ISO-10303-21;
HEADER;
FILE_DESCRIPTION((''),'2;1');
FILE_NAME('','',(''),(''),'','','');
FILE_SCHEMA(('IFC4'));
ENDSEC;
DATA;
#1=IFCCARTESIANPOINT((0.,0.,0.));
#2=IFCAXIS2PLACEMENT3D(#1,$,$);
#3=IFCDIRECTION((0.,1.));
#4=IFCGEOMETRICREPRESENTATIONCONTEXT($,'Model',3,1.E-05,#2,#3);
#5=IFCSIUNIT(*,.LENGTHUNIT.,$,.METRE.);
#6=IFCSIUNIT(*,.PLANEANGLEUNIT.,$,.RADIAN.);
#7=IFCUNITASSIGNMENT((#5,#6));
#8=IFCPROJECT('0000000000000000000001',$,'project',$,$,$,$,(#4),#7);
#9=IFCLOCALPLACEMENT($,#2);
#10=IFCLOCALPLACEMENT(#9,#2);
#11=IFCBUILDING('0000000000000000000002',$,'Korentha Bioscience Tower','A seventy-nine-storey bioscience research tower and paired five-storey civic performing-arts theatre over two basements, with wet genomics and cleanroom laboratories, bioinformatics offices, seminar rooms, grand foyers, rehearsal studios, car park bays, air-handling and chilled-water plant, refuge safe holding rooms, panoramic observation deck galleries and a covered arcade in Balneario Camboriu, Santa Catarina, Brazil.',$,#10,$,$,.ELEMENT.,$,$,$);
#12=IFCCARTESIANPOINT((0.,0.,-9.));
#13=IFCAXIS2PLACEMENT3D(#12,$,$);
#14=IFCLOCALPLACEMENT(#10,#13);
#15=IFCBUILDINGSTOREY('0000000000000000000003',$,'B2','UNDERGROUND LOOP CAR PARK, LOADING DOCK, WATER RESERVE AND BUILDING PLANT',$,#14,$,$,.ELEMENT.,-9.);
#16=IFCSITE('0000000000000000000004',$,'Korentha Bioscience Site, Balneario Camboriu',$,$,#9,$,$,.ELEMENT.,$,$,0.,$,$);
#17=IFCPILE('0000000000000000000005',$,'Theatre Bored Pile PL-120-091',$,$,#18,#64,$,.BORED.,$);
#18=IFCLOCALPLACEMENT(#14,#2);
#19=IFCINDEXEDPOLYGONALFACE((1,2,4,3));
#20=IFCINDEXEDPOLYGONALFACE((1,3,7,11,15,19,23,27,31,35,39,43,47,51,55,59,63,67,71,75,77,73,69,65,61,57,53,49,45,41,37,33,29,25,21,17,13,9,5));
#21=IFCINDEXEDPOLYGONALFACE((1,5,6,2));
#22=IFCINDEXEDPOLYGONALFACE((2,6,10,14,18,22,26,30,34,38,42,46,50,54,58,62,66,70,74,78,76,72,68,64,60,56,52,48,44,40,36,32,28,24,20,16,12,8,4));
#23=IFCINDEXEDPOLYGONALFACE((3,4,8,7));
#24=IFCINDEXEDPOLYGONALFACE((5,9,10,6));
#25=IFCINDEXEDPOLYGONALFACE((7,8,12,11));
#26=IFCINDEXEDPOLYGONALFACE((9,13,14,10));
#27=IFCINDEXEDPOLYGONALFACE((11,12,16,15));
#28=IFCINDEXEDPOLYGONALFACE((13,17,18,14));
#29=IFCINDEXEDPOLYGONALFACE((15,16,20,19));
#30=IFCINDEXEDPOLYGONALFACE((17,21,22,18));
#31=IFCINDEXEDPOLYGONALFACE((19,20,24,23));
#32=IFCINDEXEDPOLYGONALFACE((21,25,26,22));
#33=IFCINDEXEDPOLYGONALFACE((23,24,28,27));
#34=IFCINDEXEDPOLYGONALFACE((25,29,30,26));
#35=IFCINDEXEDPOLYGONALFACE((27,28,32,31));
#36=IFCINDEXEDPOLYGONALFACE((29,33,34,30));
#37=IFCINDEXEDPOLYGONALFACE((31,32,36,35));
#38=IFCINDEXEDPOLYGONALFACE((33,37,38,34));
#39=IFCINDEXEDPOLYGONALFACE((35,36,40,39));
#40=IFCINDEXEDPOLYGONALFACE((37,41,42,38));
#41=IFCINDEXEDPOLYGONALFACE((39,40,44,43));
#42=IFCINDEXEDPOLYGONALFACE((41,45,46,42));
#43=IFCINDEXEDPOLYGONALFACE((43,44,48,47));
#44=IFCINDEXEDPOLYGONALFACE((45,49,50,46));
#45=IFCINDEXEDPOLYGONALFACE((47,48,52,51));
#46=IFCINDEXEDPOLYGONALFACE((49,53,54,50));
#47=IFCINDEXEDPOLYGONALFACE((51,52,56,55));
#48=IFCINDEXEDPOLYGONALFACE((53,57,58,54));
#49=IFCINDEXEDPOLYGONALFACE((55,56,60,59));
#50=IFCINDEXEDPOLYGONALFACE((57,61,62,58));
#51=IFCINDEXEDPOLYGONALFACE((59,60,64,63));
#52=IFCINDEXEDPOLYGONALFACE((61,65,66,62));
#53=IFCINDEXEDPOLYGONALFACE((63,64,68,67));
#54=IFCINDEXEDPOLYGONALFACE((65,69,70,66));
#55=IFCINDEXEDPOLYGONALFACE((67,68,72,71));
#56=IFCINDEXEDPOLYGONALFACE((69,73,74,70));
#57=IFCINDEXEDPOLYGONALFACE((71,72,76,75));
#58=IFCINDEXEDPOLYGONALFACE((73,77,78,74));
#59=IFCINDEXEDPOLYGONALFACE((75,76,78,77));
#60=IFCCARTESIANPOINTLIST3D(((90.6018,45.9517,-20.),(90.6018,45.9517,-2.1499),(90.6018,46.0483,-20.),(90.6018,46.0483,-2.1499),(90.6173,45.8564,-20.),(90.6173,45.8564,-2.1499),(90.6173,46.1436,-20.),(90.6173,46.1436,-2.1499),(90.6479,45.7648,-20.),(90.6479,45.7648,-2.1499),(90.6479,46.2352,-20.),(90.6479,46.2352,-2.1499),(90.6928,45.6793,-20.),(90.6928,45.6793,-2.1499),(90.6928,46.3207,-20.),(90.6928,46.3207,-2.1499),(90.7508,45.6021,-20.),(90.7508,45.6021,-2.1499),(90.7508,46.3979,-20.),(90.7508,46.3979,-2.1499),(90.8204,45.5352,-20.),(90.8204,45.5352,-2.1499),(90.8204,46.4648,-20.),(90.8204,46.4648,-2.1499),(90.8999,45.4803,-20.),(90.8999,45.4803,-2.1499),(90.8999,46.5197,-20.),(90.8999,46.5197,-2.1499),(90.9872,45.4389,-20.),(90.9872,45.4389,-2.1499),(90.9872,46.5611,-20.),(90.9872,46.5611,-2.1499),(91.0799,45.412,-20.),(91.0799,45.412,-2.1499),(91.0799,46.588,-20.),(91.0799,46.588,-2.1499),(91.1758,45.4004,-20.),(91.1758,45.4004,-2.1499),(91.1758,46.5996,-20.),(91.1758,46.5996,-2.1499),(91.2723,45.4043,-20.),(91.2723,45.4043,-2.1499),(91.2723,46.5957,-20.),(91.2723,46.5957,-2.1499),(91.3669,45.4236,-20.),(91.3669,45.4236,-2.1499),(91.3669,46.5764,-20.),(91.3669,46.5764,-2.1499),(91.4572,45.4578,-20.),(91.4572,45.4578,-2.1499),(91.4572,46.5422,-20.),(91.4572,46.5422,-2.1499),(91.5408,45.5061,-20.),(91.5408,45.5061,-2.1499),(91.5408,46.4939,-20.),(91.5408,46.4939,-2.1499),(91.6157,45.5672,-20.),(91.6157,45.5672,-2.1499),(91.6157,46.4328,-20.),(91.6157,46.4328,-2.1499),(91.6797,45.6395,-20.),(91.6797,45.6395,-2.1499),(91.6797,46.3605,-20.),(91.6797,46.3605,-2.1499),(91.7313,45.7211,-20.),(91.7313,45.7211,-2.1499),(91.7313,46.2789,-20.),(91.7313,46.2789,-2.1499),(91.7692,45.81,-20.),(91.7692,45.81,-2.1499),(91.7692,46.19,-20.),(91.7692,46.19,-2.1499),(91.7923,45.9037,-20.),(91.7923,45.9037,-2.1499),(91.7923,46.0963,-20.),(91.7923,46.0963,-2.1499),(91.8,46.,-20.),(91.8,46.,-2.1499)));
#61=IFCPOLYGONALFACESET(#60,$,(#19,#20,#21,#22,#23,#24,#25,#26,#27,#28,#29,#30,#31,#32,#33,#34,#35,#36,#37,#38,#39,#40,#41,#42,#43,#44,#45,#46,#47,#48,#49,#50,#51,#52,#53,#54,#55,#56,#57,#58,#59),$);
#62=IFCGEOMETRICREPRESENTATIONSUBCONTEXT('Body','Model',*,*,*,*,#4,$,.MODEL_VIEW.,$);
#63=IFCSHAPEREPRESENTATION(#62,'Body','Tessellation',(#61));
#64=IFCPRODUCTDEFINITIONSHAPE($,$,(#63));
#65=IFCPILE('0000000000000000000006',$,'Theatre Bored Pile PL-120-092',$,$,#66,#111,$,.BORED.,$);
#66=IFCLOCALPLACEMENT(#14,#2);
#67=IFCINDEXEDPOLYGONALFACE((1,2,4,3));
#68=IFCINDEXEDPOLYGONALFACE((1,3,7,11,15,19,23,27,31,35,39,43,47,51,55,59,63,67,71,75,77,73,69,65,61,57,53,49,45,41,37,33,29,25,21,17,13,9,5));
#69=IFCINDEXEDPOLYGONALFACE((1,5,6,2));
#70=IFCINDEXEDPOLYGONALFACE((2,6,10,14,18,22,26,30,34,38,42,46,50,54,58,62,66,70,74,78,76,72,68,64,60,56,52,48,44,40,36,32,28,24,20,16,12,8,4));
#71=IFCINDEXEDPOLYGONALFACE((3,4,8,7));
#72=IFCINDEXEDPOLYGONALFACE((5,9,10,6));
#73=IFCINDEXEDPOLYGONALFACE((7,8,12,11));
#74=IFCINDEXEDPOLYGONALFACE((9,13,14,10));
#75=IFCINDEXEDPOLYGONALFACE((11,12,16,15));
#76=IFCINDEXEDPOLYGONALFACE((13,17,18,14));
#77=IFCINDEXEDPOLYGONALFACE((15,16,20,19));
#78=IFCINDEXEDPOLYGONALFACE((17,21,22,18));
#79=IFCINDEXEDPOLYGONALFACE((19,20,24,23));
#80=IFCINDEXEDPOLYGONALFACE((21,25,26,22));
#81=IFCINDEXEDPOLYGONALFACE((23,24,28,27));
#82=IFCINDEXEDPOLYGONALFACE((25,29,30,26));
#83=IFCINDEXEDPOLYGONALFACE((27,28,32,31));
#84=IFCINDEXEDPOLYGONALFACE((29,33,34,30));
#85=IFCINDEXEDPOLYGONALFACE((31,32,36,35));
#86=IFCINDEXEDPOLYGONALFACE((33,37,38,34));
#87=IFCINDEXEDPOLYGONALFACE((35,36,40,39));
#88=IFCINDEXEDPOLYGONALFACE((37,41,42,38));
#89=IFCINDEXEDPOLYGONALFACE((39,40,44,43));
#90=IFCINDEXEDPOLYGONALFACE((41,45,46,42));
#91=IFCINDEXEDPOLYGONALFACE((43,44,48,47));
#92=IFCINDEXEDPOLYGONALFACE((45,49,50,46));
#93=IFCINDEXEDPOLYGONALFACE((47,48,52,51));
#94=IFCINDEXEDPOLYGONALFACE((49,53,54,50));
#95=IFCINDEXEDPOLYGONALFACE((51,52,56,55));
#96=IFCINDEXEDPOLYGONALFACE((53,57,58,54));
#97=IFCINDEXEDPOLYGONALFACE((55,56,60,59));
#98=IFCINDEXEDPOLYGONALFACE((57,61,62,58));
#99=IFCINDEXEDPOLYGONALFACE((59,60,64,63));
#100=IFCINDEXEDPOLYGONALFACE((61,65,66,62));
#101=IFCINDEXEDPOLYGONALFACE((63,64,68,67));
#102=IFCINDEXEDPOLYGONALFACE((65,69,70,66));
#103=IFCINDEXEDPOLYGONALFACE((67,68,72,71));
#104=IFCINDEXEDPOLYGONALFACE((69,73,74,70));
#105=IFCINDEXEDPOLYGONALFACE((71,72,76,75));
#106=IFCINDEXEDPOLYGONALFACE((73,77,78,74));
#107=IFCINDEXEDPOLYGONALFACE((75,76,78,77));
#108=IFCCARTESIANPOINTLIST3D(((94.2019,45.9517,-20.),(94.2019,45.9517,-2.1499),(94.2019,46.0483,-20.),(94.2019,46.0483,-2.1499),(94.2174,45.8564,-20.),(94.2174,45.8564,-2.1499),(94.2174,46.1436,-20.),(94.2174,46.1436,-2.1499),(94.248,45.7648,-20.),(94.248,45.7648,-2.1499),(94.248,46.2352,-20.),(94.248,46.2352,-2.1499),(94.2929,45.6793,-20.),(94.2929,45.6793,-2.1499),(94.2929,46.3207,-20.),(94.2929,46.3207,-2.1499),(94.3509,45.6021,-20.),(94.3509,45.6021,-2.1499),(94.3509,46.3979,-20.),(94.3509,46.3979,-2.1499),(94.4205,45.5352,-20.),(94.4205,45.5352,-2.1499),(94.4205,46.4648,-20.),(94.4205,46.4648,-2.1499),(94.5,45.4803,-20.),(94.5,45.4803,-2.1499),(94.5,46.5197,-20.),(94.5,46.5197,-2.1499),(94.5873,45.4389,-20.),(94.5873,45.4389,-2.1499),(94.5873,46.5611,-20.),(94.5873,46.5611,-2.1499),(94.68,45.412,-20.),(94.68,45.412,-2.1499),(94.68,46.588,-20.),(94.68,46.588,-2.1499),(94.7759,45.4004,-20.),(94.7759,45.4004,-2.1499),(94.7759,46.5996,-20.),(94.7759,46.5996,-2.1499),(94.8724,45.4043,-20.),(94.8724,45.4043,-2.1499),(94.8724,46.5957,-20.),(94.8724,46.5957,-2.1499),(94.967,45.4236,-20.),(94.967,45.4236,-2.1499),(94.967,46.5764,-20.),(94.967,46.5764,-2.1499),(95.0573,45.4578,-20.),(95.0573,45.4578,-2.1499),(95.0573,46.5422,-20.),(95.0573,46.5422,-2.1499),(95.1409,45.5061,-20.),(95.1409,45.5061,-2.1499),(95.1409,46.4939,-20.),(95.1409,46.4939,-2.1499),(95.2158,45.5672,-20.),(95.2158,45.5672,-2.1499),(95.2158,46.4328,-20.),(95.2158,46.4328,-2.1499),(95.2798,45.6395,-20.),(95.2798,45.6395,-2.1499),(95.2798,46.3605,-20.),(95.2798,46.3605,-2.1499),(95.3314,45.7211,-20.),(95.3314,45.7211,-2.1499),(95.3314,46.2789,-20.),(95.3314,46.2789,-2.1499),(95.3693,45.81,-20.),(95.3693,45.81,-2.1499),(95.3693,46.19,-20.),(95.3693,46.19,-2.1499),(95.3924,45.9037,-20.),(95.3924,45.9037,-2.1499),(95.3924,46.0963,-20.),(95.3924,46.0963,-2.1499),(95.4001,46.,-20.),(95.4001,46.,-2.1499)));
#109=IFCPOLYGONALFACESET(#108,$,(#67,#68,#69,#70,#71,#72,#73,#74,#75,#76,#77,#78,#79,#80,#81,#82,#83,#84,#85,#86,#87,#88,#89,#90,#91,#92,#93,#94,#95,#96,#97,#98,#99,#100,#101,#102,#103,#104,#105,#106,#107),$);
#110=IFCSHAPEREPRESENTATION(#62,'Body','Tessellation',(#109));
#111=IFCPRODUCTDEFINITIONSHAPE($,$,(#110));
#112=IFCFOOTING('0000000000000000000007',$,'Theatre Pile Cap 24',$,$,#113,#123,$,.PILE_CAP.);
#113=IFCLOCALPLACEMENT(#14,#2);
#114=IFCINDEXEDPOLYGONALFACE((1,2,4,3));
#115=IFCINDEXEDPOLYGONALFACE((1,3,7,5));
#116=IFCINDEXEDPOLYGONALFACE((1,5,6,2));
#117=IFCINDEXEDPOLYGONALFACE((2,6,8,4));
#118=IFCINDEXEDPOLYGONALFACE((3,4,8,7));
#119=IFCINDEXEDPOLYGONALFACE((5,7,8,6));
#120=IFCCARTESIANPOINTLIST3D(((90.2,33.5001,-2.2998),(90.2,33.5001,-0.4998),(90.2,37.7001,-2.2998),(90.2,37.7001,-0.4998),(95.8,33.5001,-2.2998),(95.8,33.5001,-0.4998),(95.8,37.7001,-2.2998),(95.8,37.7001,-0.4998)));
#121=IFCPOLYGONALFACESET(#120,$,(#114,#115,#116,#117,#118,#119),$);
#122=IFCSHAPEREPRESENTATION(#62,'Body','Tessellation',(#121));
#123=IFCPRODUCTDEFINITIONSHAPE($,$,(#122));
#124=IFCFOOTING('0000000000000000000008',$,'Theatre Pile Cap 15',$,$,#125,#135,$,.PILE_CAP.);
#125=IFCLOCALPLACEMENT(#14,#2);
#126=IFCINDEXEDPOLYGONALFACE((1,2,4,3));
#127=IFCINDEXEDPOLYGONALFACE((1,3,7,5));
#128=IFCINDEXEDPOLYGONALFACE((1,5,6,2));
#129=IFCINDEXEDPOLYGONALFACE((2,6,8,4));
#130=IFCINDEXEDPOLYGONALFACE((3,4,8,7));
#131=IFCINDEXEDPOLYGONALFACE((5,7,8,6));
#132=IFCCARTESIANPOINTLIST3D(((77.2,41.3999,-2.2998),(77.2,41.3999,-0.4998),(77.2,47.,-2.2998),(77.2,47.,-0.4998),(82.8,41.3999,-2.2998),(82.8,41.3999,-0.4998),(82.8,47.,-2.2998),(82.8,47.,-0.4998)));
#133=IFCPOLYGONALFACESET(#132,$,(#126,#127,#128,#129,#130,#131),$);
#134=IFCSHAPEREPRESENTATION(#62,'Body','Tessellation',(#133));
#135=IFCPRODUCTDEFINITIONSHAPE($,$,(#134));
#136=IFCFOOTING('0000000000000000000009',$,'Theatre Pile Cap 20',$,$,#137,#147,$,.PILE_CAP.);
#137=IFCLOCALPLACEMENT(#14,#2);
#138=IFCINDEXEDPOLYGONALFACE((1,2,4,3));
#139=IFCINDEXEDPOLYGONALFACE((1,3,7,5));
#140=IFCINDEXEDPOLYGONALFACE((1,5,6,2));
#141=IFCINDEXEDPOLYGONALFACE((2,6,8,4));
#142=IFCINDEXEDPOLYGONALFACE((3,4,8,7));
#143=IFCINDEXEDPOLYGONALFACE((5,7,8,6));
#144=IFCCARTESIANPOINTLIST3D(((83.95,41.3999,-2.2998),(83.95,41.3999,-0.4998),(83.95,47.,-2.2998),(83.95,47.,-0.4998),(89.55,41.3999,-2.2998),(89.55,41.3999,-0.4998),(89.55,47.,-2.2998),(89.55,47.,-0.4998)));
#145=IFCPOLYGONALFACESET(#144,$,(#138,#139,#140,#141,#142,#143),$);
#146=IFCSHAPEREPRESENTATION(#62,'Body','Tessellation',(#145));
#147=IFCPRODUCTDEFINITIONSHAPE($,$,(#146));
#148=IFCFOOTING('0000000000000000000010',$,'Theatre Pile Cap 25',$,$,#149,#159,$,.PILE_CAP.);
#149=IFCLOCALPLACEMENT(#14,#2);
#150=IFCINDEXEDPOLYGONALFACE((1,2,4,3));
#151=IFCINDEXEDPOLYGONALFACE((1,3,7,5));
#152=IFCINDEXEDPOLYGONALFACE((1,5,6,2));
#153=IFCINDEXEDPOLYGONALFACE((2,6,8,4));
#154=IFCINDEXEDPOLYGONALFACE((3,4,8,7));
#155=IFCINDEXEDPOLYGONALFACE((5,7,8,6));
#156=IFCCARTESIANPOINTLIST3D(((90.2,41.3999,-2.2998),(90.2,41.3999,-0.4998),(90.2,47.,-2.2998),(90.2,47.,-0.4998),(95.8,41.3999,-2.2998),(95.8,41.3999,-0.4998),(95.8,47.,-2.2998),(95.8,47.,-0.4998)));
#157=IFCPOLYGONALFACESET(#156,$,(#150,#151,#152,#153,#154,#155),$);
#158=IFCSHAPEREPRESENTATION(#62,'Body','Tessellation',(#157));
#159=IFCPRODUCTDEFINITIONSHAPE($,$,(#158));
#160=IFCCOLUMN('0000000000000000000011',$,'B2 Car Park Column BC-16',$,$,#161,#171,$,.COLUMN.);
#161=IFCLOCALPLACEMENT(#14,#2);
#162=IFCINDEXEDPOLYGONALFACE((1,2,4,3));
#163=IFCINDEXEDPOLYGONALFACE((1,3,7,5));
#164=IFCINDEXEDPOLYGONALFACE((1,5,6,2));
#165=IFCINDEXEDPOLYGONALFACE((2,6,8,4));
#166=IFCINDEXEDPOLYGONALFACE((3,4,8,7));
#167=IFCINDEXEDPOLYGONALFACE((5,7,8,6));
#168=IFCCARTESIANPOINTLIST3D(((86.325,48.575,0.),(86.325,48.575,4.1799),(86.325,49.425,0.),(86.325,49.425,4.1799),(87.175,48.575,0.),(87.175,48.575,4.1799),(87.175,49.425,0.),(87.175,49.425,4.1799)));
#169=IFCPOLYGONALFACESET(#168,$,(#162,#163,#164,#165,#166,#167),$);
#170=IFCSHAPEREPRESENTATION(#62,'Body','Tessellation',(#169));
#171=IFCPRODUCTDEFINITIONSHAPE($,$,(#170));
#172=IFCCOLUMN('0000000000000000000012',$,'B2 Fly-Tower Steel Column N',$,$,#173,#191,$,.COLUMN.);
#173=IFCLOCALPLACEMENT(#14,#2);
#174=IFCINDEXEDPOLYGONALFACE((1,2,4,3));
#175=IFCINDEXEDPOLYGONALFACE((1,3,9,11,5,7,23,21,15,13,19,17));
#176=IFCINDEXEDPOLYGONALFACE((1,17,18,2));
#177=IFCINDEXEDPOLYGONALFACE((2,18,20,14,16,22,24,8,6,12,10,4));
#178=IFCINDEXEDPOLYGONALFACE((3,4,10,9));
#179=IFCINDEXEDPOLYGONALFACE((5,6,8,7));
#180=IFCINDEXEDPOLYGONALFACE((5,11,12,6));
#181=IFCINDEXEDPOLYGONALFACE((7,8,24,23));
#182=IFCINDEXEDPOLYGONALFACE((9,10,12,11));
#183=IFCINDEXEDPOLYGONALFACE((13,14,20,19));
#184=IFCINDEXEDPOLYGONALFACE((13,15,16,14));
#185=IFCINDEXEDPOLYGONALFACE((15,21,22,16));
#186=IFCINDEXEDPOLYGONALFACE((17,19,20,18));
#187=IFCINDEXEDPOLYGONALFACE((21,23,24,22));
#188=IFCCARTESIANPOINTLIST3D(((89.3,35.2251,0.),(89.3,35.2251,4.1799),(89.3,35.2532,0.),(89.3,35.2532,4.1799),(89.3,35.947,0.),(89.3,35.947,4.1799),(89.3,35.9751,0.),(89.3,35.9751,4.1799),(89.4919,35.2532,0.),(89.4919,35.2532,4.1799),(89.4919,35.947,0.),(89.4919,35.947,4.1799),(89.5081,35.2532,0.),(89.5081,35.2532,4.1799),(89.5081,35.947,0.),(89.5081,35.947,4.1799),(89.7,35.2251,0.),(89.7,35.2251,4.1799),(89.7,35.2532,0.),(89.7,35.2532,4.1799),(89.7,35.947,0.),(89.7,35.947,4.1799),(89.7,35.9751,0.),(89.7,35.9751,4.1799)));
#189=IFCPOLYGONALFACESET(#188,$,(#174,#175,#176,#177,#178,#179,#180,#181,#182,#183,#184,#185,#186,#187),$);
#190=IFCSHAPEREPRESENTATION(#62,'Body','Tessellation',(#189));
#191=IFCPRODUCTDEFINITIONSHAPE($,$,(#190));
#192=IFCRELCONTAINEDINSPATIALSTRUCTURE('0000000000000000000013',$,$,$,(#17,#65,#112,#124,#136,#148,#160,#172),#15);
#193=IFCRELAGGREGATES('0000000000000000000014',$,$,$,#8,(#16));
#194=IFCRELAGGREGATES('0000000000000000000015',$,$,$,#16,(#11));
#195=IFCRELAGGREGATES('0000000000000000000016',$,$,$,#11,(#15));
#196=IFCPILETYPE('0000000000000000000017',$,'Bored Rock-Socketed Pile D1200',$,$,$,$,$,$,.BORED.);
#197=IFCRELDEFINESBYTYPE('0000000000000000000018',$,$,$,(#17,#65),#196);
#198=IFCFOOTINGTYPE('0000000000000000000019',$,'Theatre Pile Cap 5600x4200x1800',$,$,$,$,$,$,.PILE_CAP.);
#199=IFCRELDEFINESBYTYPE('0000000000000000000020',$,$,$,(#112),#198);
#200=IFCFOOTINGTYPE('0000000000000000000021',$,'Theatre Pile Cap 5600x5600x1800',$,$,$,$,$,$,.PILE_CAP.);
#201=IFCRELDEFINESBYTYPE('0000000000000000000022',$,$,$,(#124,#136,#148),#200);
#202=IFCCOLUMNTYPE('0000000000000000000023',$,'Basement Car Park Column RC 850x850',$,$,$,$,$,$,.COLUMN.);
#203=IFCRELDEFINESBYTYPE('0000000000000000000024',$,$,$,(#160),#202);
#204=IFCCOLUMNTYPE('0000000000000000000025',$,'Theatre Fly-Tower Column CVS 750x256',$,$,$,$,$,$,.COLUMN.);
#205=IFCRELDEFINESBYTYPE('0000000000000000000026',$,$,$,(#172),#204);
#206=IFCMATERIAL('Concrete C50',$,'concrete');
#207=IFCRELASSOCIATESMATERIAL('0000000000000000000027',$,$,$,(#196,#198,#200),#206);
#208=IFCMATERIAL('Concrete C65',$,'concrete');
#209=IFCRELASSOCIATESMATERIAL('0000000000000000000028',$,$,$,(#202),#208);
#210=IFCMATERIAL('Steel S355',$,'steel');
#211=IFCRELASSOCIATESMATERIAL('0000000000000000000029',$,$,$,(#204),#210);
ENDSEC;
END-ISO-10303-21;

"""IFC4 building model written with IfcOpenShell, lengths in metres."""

from ifc_helpers import new_model, si_unit, direction, frame, origin, origin_2d, place, context, subcontext, project, spatial, rectangle, circle, i_section, extrude, material, material_profile, profile_set, type_object, element, save


model = new_model("IFC4")

# Units and contexts
model_context = context("Model", 3, precision=1e-05, world=origin(), true_north=direction((0.0, 1.0)))
body_context = subcontext(model_context, "Body", "Model", "MODEL_VIEW")
ifc_project = project(units=[si_unit("LENGTHUNIT", "METRE"), si_unit("PLANEANGLEUNIT", "RADIAN")], contexts=[model_context])

# Site, building, storey
site_placement = place(None, origin())
site = spatial("IfcSite", under=ifc_project, at=site_placement, Name="Korentha Bioscience Site, Balneario Camboriu", CompositionType="ELEMENT", RefElevation=0.0)
building_placement = place(site_placement, origin())
building = spatial("IfcBuilding", under=site, at=building_placement, Name="Korentha Bioscience Tower", Description="A seventy-nine-storey bioscience research tower and paired five-storey civic performing-arts theatre over two basements, with wet genomics and cleanroom laboratories, bioinformatics offices, seminar rooms, grand foyers, rehearsal studios, car park bays, air-handling and chilled-water plant, refuge safe holding rooms, panoramic observation deck galleries and a covered arcade in Balneario Camboriu, Santa Catarina, Brazil.", CompositionType="ELEMENT")
storey_placement = place(building_placement, frame((0.0, 0.0, -9.0)))
storey = spatial("IfcBuildingStorey", under=building, at=storey_placement, Name="B2", Description="UNDERGROUND LOOP CAR PARK, LOADING DOCK, WATER RESERVE AND BUILDING PLANT", CompositionType="ELEMENT", Elevation=-9.0)

# Shared definitions
ifc_material_1 = material(Name="Concrete C50", Category="concrete")

# Piles
ifc_material_profile_1 = material_profile(ifc_material_1, circle(Radius=0.6001, at=origin_2d()), Name="Concrete C50")
ifc_profile_set_1 = profile_set([ifc_material_profile_1], Name="Concrete C50 (PL-120)")
pile_type = type_object("IfcPileType", Name="Bored Rock-Socketed Pile D1200", PredefinedType="BORED", material=ifc_profile_set_1)
for number, where, z_axis, x_axis, name in (
    (1, (91.2, 46.0, -2.1499), (0.0, 0.0, -1.0), (1.0, 0.0, 0.0), "Theatre Bored Pile PL-120-091"),
    (2, (94.8, 46.0, -2.1499), (0.0, 0.0, -1.0), (1.0, 0.0, 0.0), "Theatre Bored Pile PL-120-092"),
):
    element("IfcPile", number, at=place(storey_placement, frame(where, z_axis=z_axis, x_axis=x_axis)), inside=storey, type_object=pile_type, Name=name, PredefinedType="BORED", context=body_context, shape_type="SweptSolid", body=[
        extrude(circle(Radius=0.6001, at=origin_2d()), origin(), (0.0, 0.0, 1.0), 17.8501),
    ])

# Footings
footing_type_1 = type_object("IfcFootingType", Name="Theatre Pile Cap 5600x4200x1800", PredefinedType="PILE_CAP", material=ifc_material_1)
footing_1_placement = place(storey_placement, frame((93.0, 35.6001, -2.2998), z_axis=(0.0, 0.0, 1.0), x_axis=(1.0, 0.0, 0.0)))
element("IfcFooting", 3, at=footing_1_placement, inside=storey, type_object=footing_type_1, Name="Theatre Pile Cap 24", PredefinedType="PILE_CAP", context=body_context, shape_type="SweptSolid", body=[
    extrude(rectangle(XDim=5.6001, YDim=4.2, at=origin_2d()), origin(), (0.0, 0.0, 1.0), 1.8),
])
footing_type_2 = type_object("IfcFootingType", Name="Theatre Pile Cap 5600x5600x1800", PredefinedType="PILE_CAP", material=ifc_material_1)
for number, where, z_axis, x_axis, name in (
    (4, (80.0, 44.2, -2.2998), (0.0, 0.0, 1.0), (1.0, 0.0, 0.0), "Theatre Pile Cap 15"),
    (5, (86.75, 44.2, -2.2998), (0.0, 0.0, 1.0), (1.0, 0.0, 0.0), "Theatre Pile Cap 20"),
    (6, (93.0, 44.2, -2.2998), (0.0, 0.0, 1.0), (1.0, 0.0, 0.0), "Theatre Pile Cap 25"),
):
    element("IfcFooting", number, at=place(storey_placement, frame(where, z_axis=z_axis, x_axis=x_axis)), inside=storey, type_object=footing_type_2, Name=name, PredefinedType="PILE_CAP", context=body_context, shape_type="SweptSolid", body=[
        extrude(rectangle(XDim=5.6001, YDim=5.6001, at=origin_2d()), origin(), (0.0, 0.0, 1.0), 1.8),
    ])

# Columns
ifc_material_2 = material(Name="Concrete C65", Category="concrete")
ifc_material_profile_2 = material_profile(ifc_material_2, rectangle(XDim=0.8501, YDim=0.8501, at=origin_2d()), Name="Concrete C65")
ifc_profile_set_2 = profile_set([ifc_material_profile_2], Name="Concrete C65 (BC-01)")
column_type_1 = type_object("IfcColumnType", Name="Basement Car Park Column RC 850x850", PredefinedType="COLUMN", material=ifc_profile_set_2)
column_1_placement = place(storey_placement, frame((86.75, 49.0, 0.0), z_axis=(0.0, 0.0, 1.0), x_axis=(1.0, 0.0, 0.0)))
element("IfcColumn", 7, at=column_1_placement, inside=storey, type_object=column_type_1, Name="B2 Car Park Column BC-16", PredefinedType="COLUMN", context=body_context, shape_type="SweptSolid", body=[
    extrude(rectangle(XDim=0.8501, YDim=0.8501, at=origin_2d()), origin(), (0.0, 0.0, 1.0), 4.1799),
])
ifc_material_3 = material(Name="Steel S355", Category="steel")
ifc_material_profile_3 = material_profile(ifc_material_3, i_section(OverallWidth=0.3999, OverallDepth=0.75, WebThickness=0.0161, FlangeThickness=0.0281, at=origin_2d()), Name="Steel S355")
ifc_profile_set_3 = profile_set([ifc_material_profile_3], Name="Steel S355 (TC-02)")
column_type_2 = type_object("IfcColumnType", Name="Theatre Fly-Tower Column CVS 750x256", PredefinedType="COLUMN", material=ifc_profile_set_3)
column_2_placement = place(storey_placement, frame((89.5, 35.6001, 0.0), z_axis=(0.0, 0.0, 1.0), x_axis=(1.0, 0.0, 0.0)))
element("IfcColumn", 8, at=column_2_placement, inside=storey, type_object=column_type_2, Name="B2 Fly-Tower Steel Column N", PredefinedType="COLUMN", context=body_context, shape_type="SweptSolid", body=[
    extrude(i_section(OverallWidth=0.3999, OverallDepth=0.75, WebThickness=0.0161, FlangeThickness=0.0281, at=origin_2d()), origin(), (0.0, 0.0, 1.0), 4.1799),
])

save(model, "model.ifc")
